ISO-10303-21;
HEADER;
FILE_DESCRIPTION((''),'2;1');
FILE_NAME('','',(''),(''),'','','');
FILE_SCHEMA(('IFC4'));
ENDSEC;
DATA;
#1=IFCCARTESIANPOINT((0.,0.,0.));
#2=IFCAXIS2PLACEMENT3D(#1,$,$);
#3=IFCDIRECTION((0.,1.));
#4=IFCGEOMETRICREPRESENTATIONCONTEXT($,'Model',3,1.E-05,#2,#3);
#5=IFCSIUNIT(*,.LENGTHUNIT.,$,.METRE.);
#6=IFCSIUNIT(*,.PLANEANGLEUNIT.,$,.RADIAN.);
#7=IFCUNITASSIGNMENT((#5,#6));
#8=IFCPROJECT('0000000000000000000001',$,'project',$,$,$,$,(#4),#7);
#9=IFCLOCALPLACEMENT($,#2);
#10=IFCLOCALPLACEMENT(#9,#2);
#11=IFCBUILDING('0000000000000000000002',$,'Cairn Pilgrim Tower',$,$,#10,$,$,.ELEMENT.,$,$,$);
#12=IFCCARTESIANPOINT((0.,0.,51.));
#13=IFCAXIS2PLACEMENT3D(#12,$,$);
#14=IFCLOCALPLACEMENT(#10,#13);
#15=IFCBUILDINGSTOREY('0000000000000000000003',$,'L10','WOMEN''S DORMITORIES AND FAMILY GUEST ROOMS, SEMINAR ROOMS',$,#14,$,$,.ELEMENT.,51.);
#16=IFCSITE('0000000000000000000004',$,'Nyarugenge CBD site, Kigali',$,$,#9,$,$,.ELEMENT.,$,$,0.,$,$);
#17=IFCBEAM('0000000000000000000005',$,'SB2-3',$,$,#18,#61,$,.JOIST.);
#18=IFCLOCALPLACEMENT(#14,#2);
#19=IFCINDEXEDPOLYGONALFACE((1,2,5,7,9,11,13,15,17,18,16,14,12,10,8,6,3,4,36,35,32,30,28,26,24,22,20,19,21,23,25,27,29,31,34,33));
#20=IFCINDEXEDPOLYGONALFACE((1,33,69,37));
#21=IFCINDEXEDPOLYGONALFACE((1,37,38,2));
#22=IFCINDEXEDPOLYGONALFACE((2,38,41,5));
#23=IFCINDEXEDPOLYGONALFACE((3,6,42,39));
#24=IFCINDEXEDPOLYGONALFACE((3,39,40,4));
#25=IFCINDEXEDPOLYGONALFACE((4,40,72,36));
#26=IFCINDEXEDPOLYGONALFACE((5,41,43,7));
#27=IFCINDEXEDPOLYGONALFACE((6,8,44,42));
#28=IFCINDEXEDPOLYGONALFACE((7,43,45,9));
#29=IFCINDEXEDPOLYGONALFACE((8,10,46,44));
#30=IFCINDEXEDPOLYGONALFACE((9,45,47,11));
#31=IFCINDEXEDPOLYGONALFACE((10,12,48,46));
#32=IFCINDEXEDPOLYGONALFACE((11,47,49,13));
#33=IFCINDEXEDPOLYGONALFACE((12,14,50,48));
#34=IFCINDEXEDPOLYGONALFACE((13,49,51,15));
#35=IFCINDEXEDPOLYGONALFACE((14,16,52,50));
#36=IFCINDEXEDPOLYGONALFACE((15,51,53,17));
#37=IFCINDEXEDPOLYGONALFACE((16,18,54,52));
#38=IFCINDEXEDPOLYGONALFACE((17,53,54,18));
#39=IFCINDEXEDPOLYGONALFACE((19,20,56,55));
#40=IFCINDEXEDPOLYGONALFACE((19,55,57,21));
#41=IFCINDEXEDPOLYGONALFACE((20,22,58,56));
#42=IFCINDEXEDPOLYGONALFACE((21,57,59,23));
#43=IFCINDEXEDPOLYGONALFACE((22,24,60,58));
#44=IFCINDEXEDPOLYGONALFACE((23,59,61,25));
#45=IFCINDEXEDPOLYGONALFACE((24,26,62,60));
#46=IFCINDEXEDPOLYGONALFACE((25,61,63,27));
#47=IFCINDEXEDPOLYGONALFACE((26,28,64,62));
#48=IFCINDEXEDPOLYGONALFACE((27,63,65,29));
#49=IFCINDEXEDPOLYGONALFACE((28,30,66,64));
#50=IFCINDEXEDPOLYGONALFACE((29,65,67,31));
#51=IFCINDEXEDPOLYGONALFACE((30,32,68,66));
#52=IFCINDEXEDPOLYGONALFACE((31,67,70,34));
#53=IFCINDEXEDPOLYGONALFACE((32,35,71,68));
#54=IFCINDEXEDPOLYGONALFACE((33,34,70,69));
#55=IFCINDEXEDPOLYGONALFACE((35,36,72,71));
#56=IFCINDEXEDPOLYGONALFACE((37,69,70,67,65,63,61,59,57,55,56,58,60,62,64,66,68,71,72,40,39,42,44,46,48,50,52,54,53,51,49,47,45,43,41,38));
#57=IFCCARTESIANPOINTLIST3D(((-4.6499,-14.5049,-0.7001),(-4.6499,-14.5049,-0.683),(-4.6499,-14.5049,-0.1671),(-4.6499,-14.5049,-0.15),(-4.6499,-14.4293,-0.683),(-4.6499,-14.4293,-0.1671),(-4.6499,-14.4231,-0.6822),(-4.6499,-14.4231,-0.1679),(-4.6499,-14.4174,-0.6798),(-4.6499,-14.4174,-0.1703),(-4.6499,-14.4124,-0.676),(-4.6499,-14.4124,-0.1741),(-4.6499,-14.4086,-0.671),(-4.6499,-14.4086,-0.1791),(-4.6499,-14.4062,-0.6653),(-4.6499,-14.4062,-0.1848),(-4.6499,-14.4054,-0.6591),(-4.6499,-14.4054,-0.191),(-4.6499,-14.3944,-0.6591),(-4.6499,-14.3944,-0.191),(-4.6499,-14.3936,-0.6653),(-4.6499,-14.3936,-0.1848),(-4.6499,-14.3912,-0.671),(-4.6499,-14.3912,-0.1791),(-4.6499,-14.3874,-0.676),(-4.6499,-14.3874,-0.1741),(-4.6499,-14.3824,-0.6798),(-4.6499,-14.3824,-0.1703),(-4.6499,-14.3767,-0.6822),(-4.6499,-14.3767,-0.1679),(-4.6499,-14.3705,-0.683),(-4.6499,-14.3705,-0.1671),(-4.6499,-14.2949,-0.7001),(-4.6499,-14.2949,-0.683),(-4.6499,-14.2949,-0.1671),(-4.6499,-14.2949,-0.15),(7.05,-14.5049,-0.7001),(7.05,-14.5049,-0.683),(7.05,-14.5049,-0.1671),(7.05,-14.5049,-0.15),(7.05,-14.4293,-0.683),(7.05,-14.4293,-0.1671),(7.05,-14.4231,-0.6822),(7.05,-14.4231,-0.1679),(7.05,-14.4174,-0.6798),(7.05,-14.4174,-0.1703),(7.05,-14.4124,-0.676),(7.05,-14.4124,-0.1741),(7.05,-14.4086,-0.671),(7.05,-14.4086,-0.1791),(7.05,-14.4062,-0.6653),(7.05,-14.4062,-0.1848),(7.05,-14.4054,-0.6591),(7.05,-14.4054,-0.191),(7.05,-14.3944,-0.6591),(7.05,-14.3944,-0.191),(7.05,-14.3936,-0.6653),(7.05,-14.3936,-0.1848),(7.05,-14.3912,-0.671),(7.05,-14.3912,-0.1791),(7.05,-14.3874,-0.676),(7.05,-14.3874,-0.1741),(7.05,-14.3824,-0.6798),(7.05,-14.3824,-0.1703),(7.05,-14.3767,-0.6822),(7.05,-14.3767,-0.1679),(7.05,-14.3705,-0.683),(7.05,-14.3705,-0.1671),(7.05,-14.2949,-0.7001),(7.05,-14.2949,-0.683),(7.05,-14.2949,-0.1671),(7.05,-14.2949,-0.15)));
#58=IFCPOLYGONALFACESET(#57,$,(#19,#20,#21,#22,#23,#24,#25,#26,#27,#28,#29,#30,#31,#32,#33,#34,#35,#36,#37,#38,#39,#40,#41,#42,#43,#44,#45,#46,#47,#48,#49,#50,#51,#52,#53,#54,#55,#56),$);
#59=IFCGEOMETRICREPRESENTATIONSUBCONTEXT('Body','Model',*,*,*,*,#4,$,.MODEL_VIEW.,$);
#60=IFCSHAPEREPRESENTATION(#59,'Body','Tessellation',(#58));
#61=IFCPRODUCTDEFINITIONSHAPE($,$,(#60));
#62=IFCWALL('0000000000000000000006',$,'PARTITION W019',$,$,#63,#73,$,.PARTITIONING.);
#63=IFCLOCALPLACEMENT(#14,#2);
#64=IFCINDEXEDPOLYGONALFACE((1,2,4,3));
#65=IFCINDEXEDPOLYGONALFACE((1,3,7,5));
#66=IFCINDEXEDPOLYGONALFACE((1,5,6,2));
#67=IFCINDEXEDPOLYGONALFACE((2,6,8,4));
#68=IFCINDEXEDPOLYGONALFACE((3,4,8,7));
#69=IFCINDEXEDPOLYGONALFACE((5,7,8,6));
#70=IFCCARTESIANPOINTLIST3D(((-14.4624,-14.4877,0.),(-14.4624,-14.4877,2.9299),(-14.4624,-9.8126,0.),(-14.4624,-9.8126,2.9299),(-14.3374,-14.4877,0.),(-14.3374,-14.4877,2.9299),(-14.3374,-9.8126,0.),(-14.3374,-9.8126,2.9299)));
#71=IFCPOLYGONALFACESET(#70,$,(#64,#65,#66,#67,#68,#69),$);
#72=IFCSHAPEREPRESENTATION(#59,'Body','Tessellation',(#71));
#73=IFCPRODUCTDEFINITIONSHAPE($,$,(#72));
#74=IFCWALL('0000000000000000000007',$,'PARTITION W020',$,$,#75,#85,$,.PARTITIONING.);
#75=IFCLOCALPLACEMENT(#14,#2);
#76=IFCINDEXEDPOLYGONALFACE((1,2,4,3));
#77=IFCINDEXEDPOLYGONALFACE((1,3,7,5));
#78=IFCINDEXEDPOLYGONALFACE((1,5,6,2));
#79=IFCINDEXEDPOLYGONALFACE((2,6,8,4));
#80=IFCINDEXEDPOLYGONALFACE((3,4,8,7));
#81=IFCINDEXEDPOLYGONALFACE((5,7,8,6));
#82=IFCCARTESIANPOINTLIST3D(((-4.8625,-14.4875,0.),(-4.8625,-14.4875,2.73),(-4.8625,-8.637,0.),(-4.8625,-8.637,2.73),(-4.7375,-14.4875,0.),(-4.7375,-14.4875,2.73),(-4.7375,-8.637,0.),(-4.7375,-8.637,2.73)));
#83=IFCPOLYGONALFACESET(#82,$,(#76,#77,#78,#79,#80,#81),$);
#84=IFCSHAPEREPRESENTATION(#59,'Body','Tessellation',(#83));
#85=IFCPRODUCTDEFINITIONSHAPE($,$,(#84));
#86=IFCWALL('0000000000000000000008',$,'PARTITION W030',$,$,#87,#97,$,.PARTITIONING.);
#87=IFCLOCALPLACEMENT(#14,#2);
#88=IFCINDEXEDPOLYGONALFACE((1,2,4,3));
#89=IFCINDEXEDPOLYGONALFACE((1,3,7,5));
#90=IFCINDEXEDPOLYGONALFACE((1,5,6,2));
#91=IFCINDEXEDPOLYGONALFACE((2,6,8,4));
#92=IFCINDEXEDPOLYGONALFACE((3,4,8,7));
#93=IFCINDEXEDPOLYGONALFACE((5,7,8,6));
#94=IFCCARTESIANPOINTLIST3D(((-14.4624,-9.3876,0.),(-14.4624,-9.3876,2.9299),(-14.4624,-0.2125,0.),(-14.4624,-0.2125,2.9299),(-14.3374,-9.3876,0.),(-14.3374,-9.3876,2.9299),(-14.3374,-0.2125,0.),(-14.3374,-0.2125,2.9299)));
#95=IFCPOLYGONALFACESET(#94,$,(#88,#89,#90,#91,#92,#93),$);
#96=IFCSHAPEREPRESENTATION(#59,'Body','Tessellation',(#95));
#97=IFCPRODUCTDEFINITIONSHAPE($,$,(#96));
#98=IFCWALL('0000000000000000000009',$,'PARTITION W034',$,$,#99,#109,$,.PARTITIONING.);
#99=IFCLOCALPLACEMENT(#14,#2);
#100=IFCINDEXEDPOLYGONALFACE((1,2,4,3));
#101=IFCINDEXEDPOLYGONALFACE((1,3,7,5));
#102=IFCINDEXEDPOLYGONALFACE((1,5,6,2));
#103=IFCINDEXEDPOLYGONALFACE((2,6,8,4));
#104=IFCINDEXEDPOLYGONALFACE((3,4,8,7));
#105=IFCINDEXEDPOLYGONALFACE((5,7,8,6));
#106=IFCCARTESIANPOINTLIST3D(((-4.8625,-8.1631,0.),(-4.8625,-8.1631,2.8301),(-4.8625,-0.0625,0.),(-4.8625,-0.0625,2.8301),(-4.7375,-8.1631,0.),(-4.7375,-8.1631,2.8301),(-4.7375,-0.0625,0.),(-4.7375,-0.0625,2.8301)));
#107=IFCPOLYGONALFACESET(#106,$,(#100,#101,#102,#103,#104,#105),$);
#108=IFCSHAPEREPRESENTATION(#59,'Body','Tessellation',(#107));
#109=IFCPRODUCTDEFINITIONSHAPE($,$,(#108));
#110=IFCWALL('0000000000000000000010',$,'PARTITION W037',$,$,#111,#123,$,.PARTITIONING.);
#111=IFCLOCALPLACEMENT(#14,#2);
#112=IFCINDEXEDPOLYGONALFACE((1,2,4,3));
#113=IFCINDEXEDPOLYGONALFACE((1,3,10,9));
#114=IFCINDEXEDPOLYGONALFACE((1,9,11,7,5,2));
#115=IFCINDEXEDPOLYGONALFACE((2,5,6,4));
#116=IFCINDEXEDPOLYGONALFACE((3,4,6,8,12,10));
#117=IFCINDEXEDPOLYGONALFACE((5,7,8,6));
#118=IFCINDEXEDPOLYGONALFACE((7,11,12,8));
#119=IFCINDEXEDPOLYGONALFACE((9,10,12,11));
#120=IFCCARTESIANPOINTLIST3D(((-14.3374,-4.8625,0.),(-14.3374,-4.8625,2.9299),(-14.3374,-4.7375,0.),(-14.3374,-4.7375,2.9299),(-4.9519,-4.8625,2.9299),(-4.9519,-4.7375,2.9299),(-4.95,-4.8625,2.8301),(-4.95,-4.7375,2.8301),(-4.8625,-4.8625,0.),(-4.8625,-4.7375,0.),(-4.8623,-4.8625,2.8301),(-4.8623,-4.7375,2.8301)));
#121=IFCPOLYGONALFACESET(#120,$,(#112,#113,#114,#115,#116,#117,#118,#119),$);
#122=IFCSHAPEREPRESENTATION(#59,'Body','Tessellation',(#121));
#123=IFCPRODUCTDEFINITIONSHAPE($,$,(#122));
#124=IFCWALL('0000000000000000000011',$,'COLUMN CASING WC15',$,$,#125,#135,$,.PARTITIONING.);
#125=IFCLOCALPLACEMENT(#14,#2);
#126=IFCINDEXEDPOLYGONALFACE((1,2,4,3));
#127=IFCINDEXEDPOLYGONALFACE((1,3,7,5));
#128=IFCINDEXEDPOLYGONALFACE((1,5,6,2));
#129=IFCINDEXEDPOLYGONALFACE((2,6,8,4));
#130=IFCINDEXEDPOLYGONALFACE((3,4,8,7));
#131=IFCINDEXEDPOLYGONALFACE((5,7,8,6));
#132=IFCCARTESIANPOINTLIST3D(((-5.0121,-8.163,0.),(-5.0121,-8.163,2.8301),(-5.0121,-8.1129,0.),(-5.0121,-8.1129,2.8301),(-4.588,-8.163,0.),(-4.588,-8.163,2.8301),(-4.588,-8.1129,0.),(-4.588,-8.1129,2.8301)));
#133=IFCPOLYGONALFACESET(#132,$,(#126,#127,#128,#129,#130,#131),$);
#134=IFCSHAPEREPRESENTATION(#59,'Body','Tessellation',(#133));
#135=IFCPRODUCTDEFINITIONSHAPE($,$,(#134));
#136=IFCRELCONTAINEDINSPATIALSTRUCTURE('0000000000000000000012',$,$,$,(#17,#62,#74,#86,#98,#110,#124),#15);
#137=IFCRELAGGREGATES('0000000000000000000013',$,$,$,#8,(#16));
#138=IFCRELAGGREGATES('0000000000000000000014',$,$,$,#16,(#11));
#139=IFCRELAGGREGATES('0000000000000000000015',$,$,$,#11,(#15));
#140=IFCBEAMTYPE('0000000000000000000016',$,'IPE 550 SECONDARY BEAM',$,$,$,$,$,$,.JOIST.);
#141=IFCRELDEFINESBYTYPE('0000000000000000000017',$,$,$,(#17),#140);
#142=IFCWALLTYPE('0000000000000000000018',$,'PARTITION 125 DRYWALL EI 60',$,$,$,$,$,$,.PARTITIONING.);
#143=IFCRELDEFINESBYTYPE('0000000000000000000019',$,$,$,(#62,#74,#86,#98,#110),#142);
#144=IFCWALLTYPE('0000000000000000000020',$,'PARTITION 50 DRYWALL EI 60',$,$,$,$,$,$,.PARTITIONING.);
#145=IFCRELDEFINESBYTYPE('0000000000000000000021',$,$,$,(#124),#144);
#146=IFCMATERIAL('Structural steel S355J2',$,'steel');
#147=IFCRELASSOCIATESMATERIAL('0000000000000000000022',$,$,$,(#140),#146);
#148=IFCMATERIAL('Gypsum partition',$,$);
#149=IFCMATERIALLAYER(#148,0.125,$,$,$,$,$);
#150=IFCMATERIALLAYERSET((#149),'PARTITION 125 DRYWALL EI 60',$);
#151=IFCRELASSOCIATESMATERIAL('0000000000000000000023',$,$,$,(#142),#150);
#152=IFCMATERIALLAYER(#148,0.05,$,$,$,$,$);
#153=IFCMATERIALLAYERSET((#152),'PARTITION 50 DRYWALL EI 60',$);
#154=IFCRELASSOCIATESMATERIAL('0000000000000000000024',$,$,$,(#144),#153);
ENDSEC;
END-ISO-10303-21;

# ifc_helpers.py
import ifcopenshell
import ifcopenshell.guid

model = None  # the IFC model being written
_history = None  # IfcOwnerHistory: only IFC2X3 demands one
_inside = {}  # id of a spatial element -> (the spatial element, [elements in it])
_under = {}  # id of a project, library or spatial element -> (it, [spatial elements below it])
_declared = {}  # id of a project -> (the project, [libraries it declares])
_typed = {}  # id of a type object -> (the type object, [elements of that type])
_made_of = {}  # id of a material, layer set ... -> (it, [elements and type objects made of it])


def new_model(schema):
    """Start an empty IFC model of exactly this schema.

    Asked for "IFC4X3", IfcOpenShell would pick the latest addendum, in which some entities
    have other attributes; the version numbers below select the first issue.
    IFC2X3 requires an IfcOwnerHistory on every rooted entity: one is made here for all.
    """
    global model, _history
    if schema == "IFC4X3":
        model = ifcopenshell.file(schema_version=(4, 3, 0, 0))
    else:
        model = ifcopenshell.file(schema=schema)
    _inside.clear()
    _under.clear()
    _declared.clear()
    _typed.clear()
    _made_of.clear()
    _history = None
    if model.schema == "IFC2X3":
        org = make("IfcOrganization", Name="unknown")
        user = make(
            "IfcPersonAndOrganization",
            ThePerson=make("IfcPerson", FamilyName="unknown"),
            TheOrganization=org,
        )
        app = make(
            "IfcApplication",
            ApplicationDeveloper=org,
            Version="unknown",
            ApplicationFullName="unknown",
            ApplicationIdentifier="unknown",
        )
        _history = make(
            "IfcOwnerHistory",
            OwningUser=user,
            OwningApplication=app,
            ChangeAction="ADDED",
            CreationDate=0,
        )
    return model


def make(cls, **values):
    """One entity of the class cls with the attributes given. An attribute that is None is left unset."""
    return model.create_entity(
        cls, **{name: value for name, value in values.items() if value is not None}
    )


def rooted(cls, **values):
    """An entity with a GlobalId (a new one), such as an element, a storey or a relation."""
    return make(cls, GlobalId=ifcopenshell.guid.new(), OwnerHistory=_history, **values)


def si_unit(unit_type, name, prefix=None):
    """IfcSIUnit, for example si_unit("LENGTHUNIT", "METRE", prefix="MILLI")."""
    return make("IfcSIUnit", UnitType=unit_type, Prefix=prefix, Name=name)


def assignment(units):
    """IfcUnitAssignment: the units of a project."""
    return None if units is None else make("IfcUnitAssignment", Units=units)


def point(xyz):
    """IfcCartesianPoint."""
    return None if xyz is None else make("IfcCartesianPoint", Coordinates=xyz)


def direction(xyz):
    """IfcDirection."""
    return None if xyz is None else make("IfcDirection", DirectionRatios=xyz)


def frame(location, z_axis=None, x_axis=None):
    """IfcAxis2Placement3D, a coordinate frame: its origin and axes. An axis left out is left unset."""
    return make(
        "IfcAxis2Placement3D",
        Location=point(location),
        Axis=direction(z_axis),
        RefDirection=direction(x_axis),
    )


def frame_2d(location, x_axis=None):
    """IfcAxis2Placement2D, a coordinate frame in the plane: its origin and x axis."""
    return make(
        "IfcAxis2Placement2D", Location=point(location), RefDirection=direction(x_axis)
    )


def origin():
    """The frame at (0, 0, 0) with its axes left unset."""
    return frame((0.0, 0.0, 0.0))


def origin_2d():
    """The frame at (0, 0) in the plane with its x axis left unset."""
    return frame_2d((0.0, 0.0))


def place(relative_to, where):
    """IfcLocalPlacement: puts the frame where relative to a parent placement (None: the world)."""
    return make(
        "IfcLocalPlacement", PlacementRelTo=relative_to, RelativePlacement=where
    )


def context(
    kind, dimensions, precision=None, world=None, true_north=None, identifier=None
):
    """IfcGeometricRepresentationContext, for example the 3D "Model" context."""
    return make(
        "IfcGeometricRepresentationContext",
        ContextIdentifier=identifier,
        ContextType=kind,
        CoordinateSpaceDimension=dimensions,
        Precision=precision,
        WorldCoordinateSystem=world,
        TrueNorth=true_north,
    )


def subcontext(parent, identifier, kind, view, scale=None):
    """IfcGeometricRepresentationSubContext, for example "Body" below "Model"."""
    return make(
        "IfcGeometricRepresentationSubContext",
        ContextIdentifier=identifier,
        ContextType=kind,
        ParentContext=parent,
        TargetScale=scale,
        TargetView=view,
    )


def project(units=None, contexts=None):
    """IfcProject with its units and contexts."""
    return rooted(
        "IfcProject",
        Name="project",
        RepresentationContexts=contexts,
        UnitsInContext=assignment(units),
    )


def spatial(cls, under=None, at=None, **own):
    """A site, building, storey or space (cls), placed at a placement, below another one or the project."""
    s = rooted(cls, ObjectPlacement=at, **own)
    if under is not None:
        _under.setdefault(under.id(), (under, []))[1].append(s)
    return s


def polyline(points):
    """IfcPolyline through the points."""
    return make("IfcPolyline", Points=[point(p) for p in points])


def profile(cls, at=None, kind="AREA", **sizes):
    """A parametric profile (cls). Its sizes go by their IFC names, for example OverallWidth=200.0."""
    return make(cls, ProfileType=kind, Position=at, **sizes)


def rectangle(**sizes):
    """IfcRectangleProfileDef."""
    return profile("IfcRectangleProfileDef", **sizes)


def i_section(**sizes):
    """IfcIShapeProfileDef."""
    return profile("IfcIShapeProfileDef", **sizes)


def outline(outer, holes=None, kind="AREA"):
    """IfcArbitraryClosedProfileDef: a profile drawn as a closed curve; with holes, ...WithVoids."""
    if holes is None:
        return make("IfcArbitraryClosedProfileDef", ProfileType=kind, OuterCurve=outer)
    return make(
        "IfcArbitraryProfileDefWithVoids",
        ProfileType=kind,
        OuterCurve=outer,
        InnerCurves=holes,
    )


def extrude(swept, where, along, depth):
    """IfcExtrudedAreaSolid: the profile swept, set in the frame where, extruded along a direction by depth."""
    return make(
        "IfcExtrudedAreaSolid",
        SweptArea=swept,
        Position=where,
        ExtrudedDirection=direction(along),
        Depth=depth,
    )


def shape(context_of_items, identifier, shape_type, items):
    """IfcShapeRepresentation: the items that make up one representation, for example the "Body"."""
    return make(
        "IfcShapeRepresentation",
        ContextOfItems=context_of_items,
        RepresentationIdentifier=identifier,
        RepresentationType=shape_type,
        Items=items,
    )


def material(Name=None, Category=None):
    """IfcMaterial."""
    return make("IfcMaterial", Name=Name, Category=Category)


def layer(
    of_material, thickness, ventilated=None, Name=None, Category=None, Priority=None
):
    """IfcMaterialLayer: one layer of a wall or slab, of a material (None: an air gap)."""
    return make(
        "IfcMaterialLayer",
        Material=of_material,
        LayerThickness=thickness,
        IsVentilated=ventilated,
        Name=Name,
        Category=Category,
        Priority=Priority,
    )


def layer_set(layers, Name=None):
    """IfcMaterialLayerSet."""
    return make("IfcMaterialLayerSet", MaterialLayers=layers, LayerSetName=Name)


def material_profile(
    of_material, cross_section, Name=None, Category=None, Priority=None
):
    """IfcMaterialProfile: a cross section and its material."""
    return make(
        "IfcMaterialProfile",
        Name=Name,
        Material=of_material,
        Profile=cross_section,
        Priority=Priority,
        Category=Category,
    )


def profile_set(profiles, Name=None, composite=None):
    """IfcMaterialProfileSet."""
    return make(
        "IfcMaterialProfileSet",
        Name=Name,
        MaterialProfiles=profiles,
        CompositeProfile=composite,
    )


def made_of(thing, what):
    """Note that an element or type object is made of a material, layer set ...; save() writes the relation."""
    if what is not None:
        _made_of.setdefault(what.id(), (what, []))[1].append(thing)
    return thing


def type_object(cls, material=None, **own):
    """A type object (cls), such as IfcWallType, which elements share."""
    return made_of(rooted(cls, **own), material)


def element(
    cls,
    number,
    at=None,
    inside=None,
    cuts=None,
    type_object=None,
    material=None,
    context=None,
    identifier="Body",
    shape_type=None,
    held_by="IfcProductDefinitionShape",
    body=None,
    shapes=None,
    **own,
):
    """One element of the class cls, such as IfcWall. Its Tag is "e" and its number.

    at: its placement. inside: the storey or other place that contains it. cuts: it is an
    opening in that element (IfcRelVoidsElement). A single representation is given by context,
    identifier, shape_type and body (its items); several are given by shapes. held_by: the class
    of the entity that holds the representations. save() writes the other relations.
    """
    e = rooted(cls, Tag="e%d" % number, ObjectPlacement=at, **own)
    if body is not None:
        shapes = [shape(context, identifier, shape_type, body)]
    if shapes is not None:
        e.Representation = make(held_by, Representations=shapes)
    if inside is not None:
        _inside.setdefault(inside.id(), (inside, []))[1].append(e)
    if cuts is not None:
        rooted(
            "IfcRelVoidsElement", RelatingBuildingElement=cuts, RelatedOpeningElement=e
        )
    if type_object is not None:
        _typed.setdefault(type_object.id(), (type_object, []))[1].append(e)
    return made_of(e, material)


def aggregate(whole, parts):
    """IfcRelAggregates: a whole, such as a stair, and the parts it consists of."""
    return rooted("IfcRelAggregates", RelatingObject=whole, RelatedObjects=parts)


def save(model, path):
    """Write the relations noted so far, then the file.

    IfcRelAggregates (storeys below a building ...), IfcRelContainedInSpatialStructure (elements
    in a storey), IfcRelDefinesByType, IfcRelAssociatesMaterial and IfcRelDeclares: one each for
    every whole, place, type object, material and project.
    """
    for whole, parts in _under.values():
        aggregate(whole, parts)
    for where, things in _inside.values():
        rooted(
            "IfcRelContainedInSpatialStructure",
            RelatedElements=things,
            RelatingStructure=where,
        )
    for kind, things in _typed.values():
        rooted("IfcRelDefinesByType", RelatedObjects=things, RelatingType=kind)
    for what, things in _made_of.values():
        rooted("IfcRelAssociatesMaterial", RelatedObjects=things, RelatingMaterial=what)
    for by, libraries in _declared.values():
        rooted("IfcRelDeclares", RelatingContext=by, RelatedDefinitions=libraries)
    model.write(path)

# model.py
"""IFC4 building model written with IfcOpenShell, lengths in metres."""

from ifc_helpers import new_model, si_unit, direction, frame, frame_2d, origin, origin_2d, place, context, subcontext, project, spatial, polyline, rectangle, i_section, outline, extrude, material, layer, layer_set, material_profile, profile_set, type_object, element, save


model = new_model("IFC4")

# Units and contexts
model_context = context("Model", 3, precision=1e-05, world=origin(), true_north=direction((0.0, 1.0)))
body_context = subcontext(model_context, "Body", "Model", "MODEL_VIEW")
ifc_project = project(units=[si_unit("LENGTHUNIT", "METRE"), si_unit("PLANEANGLEUNIT", "RADIAN")], contexts=[model_context])

# Site, building, storey
site_placement = place(None, origin())
site = spatial("IfcSite", under=ifc_project, at=site_placement, Name="Nyarugenge CBD site, Kigali", CompositionType="ELEMENT", RefElevation=0.0)
building_placement = place(site_placement, origin())
building = spatial("IfcBuilding", under=site, at=building_placement, Name="Cairn Pilgrim Tower", CompositionType="ELEMENT")
storey_placement = place(building_placement, frame((0.0, 0.0, 51.0)))
storey = spatial("IfcBuildingStorey", under=building, at=storey_placement, Name="L10", Description="WOMEN'S DORMITORIES AND FAMILY GUEST ROOMS, SEMINAR ROOMS", CompositionType="ELEMENT", Elevation=51.0)

# Beam
ifc_material_1 = material(Name="Structural steel S355J2", Category="steel")
ifc_material_profile_1 = material_profile(ifc_material_1, i_section(OverallWidth=0.21, OverallDepth=0.55, WebThickness=0.011, FlangeThickness=0.0171, FilletRadius=0.0239, at=origin_2d()), Name="IPE 550")
ifc_profile_set_1 = profile_set([ifc_material_profile_1], Name="Structural steel S355J2")
beam_type_1 = type_object("IfcBeamType", Name="IPE 550 SECONDARY BEAM", PredefinedType="JOIST", material=ifc_profile_set_1)
beam_1_placement = place(storey_placement, frame((-4.6499, -14.3999, -0.425), z_axis=(1.0, 0.0, 0.0), x_axis=(0.0, 1.0, 0.0)))
element("IfcBeam", 1, at=beam_1_placement, inside=storey, type_object=beam_type_1, Name="SB2-3", PredefinedType="JOIST", context=body_context, shape_type="SweptSolid", body=[
    extrude(i_section(OverallWidth=0.21, OverallDepth=0.55, WebThickness=0.011, FlangeThickness=0.0171, FilletRadius=0.0239, at=origin_2d()), origin(), (0.0, 0.0, 1.0), 11.7),
])

# Walls
ifc_material_2 = material(Name="Gypsum partition")
ifc_layer_1 = layer(ifc_material_2, 0.125)
ifc_layer_set_1 = layer_set([ifc_layer_1], Name="PARTITION 125 DRYWALL EI 60")
wall_type_1 = type_object("IfcWallType", Name="PARTITION 125 DRYWALL EI 60", PredefinedType="PARTITIONING", material=ifc_layer_set_1)
wall_1_placement = place(storey_placement, frame((-14.3999, -14.4875, 0.0), z_axis=(0.0, 0.0, 1.0), x_axis=(0.0, 1.0, 0.0)))
element("IfcWall", 2, at=wall_1_placement, inside=storey, type_object=wall_type_1, Name="PARTITION W019", PredefinedType="PARTITIONING", context=body_context, shape_type="SweptSolid", body=[
    extrude(rectangle(XDim=4.675, YDim=0.125, at=frame_2d((2.3374, 0.0))), origin(), (0.0, 0.0, 1.0), 2.9299),
])
wall_2_placement = place(storey_placement, frame((-4.8, -14.4875, 0.0), z_axis=(0.0, 0.0, 1.0), x_axis=(0.0, 1.0, 0.0)))
element("IfcWall", 3, at=wall_2_placement, inside=storey, type_object=wall_type_1, Name="PARTITION W020", PredefinedType="PARTITIONING", context=body_context, shape_type="SweptSolid", body=[
    extrude(rectangle(XDim=5.8506, YDim=0.125, at=frame_2d((2.9253, 0.0))), origin(), (0.0, 0.0, 1.0), 2.73),
])
wall_3_placement = place(storey_placement, frame((-14.3999, -9.3875, 0.0), z_axis=(0.0, 0.0, 1.0), x_axis=(0.0, 1.0, 0.0)))
element("IfcWall", 4, at=wall_3_placement, inside=storey, type_object=wall_type_1, Name="PARTITION W030", PredefinedType="PARTITIONING", context=body_context, shape_type="SweptSolid", body=[
    extrude(rectangle(XDim=9.175, YDim=0.125, at=frame_2d((4.5874, 0.0))), origin(), (0.0, 0.0, 1.0), 2.9299),
])
wall_4_placement = place(storey_placement, frame((-4.8, -8.1631, 0.0), z_axis=(0.0, 0.0, 1.0), x_axis=(0.0, 1.0, 0.0)))
element("IfcWall", 5, at=wall_4_placement, inside=storey, type_object=wall_type_1, Name="PARTITION W034", PredefinedType="PARTITIONING", context=body_context, shape_type="SweptSolid", body=[
    extrude(rectangle(XDim=8.1006, YDim=0.125, at=frame_2d((4.0503, 0.0))), origin(), (0.0, 0.0, 1.0), 2.8301),
])
wall_5_placement = place(storey_placement, frame((-14.3374, -4.8, 0.0), z_axis=(0.0, 0.0, 1.0), x_axis=(1.0, 0.0, 0.0)))
element("IfcWall", 6, at=wall_5_placement, inside=storey, type_object=wall_type_1, Name="PARTITION W037", PredefinedType="PARTITIONING", context=body_context, shape_type="SweptSolid", body=[
    extrude(outline(polyline([(0.0, 0.0), (9.4749, 0.0), (9.4751, 2.8301), (9.3875, 2.8301), (9.3855, 2.9299), (0.0, 2.9299), (0.0, 0.0)])), frame((0.0, 0.0625, 0.0), z_axis=(0.0, -1.0, 0.0), x_axis=(1.0, 0.0, 0.0)), (0.0, 0.0, 1.0), 0.125),
])
ifc_layer_2 = layer(ifc_material_2, 0.05)
ifc_layer_set_2 = layer_set([ifc_layer_2], Name="PARTITION 50 DRYWALL EI 60")
wall_type_2 = type_object("IfcWallType", Name="PARTITION 50 DRYWALL EI 60", PredefinedType="PARTITIONING", material=ifc_layer_set_2)
wall_6_placement = place(storey_placement, frame((-5.012, -8.1379, 0.0), z_axis=(0.0, 0.0, 1.0), x_axis=(1.0, 0.0, 0.0)))
element("IfcWall", 7, at=wall_6_placement, inside=storey, type_object=wall_type_2, Name="COLUMN CASING WC15", PredefinedType="PARTITIONING", context=body_context, shape_type="SweptSolid", body=[
    extrude(rectangle(XDim=0.4241, YDim=0.05, at=frame_2d((0.2119, 0.0))), origin(), (0.0, 0.0, 1.0), 2.8301),
])

save(model, "model.ifc")
